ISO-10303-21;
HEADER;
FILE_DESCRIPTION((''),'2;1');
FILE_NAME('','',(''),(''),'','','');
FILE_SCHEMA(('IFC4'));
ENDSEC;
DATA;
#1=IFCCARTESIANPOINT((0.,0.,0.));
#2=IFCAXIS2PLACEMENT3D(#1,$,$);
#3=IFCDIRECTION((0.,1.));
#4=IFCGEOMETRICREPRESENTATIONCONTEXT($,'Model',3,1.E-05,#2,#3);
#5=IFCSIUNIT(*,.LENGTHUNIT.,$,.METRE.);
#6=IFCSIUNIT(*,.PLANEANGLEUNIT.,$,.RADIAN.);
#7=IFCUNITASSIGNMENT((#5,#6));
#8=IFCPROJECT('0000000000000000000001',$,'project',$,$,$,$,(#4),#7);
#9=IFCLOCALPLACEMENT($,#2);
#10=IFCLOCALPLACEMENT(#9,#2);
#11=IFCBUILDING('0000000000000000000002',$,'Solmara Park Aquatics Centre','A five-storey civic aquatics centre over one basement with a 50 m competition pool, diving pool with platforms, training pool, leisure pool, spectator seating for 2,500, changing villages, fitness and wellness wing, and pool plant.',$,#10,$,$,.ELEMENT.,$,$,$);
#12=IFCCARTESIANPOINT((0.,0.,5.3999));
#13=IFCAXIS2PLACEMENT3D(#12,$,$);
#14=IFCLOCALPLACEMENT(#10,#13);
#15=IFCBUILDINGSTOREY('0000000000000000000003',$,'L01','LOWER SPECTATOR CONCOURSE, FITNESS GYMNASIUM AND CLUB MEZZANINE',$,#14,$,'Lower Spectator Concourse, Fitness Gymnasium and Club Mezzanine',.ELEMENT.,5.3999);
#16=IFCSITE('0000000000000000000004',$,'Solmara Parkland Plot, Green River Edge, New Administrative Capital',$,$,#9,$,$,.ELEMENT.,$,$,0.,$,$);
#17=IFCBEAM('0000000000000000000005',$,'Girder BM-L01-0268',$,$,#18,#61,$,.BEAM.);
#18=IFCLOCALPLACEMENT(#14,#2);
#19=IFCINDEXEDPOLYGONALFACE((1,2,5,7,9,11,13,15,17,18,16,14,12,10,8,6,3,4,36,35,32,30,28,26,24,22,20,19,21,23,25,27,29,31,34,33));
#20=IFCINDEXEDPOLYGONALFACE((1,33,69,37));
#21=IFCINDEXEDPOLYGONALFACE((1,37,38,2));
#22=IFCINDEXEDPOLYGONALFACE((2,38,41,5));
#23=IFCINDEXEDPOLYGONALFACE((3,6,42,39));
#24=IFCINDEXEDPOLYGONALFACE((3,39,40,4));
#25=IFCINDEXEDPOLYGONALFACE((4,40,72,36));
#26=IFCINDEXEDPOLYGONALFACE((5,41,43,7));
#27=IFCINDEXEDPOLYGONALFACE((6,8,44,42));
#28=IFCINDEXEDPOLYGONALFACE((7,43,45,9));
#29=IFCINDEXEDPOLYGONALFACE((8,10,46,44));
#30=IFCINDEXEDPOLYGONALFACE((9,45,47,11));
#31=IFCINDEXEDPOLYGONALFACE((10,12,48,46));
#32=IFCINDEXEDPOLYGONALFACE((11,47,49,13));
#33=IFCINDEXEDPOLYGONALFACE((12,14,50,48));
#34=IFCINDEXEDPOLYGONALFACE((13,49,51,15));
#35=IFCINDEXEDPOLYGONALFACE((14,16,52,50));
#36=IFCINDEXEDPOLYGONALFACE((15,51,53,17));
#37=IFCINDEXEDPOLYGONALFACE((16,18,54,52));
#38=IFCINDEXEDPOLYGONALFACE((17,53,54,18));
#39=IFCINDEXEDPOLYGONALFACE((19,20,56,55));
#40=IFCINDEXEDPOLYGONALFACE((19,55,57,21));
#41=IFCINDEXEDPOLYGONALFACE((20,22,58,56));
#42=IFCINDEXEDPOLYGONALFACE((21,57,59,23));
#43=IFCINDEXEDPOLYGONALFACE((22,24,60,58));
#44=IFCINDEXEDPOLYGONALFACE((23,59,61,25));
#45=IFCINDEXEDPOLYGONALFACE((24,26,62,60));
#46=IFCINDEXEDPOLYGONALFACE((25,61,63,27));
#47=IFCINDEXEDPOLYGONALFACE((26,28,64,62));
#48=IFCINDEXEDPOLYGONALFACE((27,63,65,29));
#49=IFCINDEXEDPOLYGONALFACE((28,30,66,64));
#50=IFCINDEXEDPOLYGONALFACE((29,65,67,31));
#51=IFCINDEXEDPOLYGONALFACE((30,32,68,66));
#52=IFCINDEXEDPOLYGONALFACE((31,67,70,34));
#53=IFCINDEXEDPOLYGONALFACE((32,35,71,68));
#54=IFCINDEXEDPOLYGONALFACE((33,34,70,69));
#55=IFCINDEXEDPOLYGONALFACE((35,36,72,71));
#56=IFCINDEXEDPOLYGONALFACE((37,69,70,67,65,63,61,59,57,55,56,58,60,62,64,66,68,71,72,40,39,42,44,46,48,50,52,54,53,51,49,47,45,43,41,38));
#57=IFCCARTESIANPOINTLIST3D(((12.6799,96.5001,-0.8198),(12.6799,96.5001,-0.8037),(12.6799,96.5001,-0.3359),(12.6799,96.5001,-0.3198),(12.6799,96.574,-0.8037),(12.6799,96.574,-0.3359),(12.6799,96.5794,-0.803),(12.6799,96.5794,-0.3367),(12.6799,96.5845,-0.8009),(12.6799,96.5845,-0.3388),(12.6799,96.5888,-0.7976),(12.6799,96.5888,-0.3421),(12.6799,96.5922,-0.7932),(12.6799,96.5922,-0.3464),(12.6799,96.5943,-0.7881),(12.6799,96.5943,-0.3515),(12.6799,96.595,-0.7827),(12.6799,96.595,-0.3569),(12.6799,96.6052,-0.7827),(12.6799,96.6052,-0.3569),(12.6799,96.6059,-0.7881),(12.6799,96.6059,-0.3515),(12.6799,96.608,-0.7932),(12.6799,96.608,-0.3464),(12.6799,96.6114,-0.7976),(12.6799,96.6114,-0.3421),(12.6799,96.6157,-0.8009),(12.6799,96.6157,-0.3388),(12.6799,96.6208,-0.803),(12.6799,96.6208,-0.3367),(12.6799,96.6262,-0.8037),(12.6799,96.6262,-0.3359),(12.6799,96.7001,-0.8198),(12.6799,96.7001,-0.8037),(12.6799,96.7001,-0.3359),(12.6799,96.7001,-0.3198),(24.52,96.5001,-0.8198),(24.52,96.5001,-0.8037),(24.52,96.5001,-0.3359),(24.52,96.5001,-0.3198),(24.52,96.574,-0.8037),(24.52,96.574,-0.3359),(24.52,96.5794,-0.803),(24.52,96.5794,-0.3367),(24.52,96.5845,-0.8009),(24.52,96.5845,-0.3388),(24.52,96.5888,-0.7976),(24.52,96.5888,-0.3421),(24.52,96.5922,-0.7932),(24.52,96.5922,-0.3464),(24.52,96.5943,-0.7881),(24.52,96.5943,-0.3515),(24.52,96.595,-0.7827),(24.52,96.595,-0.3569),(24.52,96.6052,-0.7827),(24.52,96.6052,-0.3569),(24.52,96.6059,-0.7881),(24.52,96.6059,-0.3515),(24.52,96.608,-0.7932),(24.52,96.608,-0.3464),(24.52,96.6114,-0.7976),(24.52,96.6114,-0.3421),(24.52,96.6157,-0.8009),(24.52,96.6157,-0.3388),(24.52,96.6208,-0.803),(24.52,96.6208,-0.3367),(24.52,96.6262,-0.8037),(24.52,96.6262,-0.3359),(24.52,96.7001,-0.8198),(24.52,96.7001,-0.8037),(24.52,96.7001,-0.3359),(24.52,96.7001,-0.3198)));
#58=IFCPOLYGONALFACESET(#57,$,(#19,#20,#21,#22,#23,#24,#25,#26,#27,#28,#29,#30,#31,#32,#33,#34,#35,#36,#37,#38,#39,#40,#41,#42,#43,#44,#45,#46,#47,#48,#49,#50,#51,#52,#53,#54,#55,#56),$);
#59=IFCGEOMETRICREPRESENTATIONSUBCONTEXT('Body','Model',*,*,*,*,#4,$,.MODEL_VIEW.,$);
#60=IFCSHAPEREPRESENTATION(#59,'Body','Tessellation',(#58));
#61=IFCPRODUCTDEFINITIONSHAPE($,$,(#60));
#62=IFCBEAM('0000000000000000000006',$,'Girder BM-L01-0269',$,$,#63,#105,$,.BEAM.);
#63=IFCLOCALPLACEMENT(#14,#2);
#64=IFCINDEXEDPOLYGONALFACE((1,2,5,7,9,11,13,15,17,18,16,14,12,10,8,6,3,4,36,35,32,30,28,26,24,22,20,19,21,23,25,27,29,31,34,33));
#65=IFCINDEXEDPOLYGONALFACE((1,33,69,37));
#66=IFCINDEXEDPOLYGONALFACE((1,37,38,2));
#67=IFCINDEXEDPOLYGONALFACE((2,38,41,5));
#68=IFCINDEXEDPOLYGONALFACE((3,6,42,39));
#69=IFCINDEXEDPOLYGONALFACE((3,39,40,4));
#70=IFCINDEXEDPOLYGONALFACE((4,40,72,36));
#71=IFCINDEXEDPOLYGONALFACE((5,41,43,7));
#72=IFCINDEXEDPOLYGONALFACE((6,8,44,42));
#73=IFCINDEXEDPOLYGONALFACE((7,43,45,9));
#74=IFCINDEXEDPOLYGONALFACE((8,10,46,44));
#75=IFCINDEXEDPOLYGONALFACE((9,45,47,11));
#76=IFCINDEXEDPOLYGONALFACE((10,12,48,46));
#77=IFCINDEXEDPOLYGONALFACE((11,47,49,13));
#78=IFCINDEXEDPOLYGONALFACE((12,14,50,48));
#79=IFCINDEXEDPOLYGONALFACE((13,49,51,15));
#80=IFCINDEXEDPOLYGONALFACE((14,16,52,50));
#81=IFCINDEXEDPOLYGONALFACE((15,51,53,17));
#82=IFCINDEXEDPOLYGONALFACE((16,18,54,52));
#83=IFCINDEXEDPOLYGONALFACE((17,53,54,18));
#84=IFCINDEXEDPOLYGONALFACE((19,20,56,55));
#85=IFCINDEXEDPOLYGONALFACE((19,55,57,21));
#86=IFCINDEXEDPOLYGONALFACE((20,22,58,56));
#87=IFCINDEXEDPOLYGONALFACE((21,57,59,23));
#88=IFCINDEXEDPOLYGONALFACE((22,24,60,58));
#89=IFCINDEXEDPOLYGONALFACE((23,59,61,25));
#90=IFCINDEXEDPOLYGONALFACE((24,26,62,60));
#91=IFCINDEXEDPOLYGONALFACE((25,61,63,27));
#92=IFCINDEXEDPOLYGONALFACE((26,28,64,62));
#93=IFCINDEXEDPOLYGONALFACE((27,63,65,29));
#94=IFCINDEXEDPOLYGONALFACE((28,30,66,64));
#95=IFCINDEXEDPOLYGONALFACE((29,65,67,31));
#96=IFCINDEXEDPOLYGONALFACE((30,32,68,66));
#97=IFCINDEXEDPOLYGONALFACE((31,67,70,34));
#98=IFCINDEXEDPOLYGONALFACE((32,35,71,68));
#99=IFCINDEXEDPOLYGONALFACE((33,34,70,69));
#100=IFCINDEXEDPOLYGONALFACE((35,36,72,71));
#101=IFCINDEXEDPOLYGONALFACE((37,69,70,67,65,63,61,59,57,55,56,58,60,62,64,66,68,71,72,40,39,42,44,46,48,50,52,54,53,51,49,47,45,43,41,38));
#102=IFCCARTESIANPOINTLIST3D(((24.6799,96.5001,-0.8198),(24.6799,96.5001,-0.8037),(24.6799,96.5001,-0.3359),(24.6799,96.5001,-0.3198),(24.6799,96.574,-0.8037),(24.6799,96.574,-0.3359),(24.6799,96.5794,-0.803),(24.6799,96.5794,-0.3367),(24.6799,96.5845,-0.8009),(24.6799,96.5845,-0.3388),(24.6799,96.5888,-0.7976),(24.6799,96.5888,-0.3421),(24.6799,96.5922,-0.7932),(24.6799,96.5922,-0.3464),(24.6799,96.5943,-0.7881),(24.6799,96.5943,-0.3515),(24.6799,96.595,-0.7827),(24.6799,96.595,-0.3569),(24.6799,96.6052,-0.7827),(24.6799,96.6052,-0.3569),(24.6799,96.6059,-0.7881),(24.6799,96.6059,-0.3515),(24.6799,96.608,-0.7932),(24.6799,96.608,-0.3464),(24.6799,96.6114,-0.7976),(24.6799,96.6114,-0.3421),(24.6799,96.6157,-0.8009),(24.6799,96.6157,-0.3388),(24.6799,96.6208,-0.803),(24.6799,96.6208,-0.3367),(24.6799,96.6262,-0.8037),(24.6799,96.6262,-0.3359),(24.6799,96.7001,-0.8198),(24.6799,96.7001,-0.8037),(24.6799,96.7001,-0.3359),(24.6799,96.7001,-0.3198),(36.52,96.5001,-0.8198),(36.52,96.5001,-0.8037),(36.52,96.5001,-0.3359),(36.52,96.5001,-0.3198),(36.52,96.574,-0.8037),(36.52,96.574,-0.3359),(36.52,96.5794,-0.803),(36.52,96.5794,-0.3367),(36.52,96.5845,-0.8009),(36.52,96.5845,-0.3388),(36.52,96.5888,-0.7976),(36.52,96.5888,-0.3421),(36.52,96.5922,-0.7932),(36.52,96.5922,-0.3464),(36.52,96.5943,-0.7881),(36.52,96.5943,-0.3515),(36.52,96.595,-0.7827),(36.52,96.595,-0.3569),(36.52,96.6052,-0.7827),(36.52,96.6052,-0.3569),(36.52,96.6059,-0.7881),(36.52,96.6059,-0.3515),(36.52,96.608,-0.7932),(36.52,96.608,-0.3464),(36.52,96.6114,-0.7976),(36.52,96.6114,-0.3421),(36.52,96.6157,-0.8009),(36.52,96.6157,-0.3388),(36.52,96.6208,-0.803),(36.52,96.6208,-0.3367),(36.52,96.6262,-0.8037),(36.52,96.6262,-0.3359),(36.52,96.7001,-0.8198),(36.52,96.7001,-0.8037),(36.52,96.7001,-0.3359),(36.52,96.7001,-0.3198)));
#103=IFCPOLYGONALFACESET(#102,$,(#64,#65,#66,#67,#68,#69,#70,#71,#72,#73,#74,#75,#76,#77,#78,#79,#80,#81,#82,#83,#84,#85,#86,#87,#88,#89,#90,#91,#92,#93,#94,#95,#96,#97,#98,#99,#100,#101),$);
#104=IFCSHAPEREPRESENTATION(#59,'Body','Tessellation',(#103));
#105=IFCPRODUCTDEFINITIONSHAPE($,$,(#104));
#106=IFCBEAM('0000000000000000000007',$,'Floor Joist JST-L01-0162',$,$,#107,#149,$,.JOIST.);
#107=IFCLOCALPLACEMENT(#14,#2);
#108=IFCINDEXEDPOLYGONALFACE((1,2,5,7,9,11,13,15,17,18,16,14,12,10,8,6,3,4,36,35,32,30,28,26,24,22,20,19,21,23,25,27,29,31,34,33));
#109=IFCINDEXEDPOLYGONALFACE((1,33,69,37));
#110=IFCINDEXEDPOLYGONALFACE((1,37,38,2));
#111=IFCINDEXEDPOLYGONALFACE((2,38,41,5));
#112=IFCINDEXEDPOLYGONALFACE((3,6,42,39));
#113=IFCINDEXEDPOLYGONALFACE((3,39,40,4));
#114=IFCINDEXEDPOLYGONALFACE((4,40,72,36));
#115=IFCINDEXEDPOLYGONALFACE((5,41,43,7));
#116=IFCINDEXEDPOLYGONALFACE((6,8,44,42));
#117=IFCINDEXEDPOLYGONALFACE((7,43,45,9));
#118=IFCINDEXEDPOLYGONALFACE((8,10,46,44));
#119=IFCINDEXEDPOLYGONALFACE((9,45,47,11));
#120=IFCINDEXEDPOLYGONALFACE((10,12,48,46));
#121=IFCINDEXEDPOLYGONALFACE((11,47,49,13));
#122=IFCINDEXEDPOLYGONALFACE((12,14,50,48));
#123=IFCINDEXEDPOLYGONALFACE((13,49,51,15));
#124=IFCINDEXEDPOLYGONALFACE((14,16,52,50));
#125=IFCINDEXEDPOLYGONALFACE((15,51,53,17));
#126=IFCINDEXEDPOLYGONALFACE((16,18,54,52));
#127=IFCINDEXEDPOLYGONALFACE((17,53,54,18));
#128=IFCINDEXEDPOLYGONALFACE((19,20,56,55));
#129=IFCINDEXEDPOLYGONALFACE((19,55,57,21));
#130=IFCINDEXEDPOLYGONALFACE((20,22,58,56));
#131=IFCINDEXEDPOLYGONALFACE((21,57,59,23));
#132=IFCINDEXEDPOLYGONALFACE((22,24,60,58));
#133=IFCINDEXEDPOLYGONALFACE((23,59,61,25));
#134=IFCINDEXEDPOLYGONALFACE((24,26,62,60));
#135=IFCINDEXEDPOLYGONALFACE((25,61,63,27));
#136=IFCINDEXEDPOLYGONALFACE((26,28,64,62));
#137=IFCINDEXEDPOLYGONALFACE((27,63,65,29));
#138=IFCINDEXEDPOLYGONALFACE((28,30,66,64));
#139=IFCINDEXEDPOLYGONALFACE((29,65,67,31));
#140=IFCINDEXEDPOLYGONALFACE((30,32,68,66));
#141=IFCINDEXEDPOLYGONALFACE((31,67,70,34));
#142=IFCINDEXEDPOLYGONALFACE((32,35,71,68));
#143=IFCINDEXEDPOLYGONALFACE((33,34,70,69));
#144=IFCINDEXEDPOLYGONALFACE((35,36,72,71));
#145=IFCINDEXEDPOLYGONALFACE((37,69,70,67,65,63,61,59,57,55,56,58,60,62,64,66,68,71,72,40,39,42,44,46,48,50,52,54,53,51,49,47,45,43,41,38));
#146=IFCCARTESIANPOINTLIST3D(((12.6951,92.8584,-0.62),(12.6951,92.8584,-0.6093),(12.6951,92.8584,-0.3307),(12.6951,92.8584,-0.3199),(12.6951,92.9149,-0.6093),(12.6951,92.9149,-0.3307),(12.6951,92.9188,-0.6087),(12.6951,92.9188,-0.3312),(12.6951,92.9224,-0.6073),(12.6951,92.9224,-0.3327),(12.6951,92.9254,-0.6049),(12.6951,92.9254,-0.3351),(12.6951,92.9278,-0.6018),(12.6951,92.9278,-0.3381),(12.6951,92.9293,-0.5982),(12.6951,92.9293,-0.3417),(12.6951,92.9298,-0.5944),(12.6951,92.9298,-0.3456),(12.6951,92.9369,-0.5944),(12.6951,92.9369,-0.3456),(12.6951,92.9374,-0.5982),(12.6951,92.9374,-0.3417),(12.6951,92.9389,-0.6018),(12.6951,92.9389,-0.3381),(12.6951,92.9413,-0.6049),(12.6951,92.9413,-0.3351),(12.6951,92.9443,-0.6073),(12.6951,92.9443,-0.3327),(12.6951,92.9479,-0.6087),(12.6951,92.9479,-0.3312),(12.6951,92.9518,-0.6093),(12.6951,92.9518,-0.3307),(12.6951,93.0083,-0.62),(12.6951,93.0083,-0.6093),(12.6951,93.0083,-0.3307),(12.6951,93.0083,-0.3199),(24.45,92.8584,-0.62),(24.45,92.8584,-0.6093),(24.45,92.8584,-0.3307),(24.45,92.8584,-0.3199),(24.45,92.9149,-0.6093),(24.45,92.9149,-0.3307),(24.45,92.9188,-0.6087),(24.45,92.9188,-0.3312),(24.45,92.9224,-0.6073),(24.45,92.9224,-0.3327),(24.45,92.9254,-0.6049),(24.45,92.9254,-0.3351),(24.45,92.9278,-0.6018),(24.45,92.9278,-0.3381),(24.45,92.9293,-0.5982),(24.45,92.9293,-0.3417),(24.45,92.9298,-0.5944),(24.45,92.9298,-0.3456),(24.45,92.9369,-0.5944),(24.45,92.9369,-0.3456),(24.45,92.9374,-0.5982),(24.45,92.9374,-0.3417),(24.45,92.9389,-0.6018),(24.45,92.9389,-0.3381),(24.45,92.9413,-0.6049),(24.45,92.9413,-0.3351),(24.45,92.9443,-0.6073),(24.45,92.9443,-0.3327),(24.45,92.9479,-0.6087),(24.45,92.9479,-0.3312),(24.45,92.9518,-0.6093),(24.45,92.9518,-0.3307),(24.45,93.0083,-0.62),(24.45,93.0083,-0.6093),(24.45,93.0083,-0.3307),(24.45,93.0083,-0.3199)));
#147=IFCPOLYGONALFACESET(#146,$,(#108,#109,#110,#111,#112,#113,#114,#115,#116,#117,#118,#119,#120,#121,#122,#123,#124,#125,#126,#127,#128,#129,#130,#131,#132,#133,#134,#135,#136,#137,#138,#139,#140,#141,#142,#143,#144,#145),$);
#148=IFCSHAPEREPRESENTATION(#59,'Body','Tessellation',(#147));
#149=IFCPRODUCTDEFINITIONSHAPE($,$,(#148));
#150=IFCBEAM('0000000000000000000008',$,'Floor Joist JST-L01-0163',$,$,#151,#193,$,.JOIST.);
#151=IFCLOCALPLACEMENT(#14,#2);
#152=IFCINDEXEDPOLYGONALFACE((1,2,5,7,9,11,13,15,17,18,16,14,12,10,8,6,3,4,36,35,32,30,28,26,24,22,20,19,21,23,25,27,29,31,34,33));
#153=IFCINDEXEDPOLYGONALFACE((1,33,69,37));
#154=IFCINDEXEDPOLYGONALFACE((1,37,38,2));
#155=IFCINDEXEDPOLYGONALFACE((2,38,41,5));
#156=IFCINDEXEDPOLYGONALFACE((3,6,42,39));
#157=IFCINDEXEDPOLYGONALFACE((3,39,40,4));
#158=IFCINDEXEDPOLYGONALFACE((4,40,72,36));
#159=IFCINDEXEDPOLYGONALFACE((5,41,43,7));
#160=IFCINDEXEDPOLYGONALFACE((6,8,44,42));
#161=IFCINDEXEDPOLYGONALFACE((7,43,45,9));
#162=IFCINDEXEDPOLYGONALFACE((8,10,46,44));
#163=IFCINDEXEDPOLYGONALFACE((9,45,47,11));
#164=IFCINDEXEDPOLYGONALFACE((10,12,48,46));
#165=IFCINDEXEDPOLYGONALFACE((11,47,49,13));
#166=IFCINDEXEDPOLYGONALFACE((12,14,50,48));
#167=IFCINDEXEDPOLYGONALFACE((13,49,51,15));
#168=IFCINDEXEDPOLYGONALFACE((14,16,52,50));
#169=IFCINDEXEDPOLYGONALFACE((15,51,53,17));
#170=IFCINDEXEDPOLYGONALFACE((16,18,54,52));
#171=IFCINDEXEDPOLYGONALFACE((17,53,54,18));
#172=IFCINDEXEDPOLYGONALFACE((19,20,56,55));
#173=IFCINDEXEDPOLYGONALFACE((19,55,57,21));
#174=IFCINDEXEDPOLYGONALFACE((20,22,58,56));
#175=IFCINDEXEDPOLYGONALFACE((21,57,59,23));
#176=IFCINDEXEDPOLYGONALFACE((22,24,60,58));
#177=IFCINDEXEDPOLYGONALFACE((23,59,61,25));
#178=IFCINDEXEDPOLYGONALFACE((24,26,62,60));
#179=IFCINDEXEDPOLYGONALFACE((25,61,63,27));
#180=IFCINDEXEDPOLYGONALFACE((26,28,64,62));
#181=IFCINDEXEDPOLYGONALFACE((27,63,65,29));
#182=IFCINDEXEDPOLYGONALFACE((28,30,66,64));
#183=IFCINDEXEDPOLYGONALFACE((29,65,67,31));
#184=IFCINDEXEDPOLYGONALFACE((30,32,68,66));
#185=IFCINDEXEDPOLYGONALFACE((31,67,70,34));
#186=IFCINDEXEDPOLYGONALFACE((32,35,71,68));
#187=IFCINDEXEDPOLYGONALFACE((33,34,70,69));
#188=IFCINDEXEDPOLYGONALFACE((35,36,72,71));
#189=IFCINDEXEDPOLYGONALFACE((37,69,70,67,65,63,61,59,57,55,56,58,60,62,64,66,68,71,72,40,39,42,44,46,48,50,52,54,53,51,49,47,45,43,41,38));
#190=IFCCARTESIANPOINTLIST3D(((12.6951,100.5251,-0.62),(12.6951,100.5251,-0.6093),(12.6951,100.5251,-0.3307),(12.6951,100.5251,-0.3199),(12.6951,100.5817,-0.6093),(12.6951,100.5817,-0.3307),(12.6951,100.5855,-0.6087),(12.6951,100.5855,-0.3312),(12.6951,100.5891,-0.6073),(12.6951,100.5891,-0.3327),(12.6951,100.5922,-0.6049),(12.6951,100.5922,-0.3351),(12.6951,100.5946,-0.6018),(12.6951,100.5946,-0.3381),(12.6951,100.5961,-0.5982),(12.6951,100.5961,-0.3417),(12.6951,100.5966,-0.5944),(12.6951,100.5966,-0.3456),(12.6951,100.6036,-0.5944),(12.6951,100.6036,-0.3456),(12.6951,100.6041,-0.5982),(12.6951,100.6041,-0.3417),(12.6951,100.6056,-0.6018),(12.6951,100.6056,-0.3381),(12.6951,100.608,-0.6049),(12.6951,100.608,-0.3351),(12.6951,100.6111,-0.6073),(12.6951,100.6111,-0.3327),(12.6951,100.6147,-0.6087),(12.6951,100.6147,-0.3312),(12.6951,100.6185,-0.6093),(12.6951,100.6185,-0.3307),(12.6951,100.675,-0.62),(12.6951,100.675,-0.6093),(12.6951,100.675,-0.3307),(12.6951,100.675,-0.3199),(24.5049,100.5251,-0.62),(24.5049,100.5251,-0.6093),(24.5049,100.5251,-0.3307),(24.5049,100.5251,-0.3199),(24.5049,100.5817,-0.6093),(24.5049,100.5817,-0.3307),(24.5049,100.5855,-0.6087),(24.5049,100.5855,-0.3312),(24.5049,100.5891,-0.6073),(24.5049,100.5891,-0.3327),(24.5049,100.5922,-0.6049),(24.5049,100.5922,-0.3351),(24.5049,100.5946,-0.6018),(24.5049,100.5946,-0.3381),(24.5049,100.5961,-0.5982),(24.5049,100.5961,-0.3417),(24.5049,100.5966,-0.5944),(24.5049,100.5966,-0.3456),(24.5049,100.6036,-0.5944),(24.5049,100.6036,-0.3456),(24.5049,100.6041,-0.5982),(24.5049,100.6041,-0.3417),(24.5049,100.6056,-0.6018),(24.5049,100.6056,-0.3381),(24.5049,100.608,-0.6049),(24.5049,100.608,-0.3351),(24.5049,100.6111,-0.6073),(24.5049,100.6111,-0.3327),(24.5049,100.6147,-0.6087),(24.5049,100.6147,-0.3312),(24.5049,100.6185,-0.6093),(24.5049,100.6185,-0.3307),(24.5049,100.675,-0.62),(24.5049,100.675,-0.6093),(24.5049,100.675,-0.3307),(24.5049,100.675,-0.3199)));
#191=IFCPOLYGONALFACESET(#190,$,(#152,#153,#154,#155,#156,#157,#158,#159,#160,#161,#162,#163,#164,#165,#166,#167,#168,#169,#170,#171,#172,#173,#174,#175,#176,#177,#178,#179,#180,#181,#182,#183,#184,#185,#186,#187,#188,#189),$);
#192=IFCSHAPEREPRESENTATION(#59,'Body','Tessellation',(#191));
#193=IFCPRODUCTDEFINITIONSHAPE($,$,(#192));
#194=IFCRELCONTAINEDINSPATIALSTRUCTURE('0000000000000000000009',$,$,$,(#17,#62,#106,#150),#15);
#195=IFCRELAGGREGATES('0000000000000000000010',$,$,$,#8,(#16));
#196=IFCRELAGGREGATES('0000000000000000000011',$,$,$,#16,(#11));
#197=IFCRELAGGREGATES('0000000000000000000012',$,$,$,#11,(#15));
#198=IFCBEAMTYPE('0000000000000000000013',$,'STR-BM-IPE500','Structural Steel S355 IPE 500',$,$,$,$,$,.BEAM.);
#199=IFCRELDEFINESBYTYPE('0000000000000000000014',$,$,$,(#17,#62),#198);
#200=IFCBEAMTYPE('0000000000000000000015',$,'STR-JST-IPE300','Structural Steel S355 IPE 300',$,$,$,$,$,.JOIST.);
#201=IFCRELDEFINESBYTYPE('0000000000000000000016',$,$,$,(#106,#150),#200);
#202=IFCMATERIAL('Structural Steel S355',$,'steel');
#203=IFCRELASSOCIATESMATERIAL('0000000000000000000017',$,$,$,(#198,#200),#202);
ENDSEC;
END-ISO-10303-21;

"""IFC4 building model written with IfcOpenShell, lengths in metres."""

from ifc_helpers import new_model, si_unit, direction, frame, origin, origin_2d, place, context, subcontext, project, spatial, i_section, extrude, material, material_profile, profile_set, type_object, element, save


model = new_model("IFC4")

# Units and contexts
model_context = context("Model", 3, precision=1e-05, world=origin(), true_north=direction((0.0, 1.0)))
body_context = subcontext(model_context, "Body", "Model", "MODEL_VIEW")
ifc_project = project(units=[si_unit("LENGTHUNIT", "METRE"), si_unit("PLANEANGLEUNIT", "RADIAN")], contexts=[model_context])

# Site, building, storey
site_placement = place(None, origin())
site = spatial("IfcSite", under=ifc_project, at=site_placement, Name="Solmara Parkland Plot, Green River Edge, New Administrative Capital", CompositionType="ELEMENT", RefElevation=0.0)
building_placement = place(site_placement, origin())
building = spatial("IfcBuilding", under=site, at=building_placement, Name="Solmara Park Aquatics Centre", Description="A five-storey civic aquatics centre over one basement with a 50 m competition pool, diving pool with platforms, training pool, leisure pool, spectator seating for 2,500, changing villages, fitness and wellness wing, and pool plant.", CompositionType="ELEMENT")
storey_placement = place(building_placement, frame((0.0, 0.0, 5.3999)))
storey = spatial("IfcBuildingStorey", under=building, at=storey_placement, Name="L01", Description="LOWER SPECTATOR CONCOURSE, FITNESS GYMNASIUM AND CLUB MEZZANINE", LongName="Lower Spectator Concourse, Fitness Gymnasium and Club Mezzanine", CompositionType="ELEMENT", Elevation=5.3999)

# Beams
ifc_material_1 = material(Name="Structural Steel S355", Category="steel")
ifc_material_profile_1 = material_profile(ifc_material_1, i_section(OverallWidth=0.2, OverallDepth=0.5, WebThickness=0.0103, FlangeThickness=0.0161, FilletRadius=0.021, at=origin_2d()), Name="IPE 500")
ifc_profile_set_1 = profile_set([ifc_material_profile_1], Name="Structural Steel S355")
beam_type_1 = type_object("IfcBeamType", Name="STR-BM-IPE500", Description="Structural Steel S355 IPE 500", PredefinedType="BEAM", material=ifc_profile_set_1)
for number, where, z_axis, x_axis, name in (
    (1, (12.6799, 96.6001, -0.5698), (1.0, 0.0, 0.0), (0.0, 1.0, 0.0), "Girder BM-L01-0268"),
    (2, (24.6799, 96.6001, -0.5698), (1.0, 0.0, 0.0), (0.0, 1.0, 0.0), "Girder BM-L01-0269"),
):
    element("IfcBeam", number, at=place(storey_placement, frame(where, z_axis=z_axis, x_axis=x_axis)), inside=storey, type_object=beam_type_1, Name=name, PredefinedType="BEAM", context=body_context, shape_type="SweptSolid", body=[
        extrude(i_section(OverallWidth=0.2, OverallDepth=0.5, WebThickness=0.0103, FlangeThickness=0.0161, FilletRadius=0.021, at=origin_2d()), origin(), (0.0, 0.0, 1.0), 11.8401),
    ])
ifc_material_profile_2 = material_profile(ifc_material_1, i_section(OverallWidth=0.1499, OverallDepth=0.3, WebThickness=0.0071, FlangeThickness=0.0107, FilletRadius=0.0149, at=origin_2d()), Name="IPE 300")
ifc_profile_set_2 = profile_set([ifc_material_profile_2], Name="Structural Steel S355")
beam_type_2 = type_object("IfcBeamType", Name="STR-JST-IPE300", Description="Structural Steel S355 IPE 300", PredefinedType="JOIST", material=ifc_profile_set_2)
beam_1_placement = place(storey_placement, frame((12.6951, 92.9333, -0.47), z_axis=(1.0, 0.0, 0.0), x_axis=(0.0, 1.0, 0.0)))
element("IfcBeam", 3, at=beam_1_placement, inside=storey, type_object=beam_type_2, Name="Floor Joist JST-L01-0162", PredefinedType="JOIST", context=body_context, shape_type="SweptSolid", body=[
    extrude(i_section(OverallWidth=0.1499, OverallDepth=0.3, WebThickness=0.0071, FlangeThickness=0.0107, FilletRadius=0.0149, at=origin_2d()), origin(), (0.0, 0.0, 1.0), 11.7549),
])
beam_2_placement = place(storey_placement, frame((12.6951, 100.6001, -0.47), z_axis=(1.0, 0.0, 0.0), x_axis=(0.0, 1.0, 0.0)))
element("IfcBeam", 4, at=beam_2_placement, inside=storey, type_object=beam_type_2, Name="Floor Joist JST-L01-0163", PredefinedType="JOIST", context=body_context, shape_type="SweptSolid", body=[
    extrude(i_section(OverallWidth=0.1499, OverallDepth=0.3, WebThickness=0.0071, FlangeThickness=0.0107, FilletRadius=0.0149, at=origin_2d()), origin(), (0.0, 0.0, 1.0), 11.8098),
])

save(model, "model.ifc")
